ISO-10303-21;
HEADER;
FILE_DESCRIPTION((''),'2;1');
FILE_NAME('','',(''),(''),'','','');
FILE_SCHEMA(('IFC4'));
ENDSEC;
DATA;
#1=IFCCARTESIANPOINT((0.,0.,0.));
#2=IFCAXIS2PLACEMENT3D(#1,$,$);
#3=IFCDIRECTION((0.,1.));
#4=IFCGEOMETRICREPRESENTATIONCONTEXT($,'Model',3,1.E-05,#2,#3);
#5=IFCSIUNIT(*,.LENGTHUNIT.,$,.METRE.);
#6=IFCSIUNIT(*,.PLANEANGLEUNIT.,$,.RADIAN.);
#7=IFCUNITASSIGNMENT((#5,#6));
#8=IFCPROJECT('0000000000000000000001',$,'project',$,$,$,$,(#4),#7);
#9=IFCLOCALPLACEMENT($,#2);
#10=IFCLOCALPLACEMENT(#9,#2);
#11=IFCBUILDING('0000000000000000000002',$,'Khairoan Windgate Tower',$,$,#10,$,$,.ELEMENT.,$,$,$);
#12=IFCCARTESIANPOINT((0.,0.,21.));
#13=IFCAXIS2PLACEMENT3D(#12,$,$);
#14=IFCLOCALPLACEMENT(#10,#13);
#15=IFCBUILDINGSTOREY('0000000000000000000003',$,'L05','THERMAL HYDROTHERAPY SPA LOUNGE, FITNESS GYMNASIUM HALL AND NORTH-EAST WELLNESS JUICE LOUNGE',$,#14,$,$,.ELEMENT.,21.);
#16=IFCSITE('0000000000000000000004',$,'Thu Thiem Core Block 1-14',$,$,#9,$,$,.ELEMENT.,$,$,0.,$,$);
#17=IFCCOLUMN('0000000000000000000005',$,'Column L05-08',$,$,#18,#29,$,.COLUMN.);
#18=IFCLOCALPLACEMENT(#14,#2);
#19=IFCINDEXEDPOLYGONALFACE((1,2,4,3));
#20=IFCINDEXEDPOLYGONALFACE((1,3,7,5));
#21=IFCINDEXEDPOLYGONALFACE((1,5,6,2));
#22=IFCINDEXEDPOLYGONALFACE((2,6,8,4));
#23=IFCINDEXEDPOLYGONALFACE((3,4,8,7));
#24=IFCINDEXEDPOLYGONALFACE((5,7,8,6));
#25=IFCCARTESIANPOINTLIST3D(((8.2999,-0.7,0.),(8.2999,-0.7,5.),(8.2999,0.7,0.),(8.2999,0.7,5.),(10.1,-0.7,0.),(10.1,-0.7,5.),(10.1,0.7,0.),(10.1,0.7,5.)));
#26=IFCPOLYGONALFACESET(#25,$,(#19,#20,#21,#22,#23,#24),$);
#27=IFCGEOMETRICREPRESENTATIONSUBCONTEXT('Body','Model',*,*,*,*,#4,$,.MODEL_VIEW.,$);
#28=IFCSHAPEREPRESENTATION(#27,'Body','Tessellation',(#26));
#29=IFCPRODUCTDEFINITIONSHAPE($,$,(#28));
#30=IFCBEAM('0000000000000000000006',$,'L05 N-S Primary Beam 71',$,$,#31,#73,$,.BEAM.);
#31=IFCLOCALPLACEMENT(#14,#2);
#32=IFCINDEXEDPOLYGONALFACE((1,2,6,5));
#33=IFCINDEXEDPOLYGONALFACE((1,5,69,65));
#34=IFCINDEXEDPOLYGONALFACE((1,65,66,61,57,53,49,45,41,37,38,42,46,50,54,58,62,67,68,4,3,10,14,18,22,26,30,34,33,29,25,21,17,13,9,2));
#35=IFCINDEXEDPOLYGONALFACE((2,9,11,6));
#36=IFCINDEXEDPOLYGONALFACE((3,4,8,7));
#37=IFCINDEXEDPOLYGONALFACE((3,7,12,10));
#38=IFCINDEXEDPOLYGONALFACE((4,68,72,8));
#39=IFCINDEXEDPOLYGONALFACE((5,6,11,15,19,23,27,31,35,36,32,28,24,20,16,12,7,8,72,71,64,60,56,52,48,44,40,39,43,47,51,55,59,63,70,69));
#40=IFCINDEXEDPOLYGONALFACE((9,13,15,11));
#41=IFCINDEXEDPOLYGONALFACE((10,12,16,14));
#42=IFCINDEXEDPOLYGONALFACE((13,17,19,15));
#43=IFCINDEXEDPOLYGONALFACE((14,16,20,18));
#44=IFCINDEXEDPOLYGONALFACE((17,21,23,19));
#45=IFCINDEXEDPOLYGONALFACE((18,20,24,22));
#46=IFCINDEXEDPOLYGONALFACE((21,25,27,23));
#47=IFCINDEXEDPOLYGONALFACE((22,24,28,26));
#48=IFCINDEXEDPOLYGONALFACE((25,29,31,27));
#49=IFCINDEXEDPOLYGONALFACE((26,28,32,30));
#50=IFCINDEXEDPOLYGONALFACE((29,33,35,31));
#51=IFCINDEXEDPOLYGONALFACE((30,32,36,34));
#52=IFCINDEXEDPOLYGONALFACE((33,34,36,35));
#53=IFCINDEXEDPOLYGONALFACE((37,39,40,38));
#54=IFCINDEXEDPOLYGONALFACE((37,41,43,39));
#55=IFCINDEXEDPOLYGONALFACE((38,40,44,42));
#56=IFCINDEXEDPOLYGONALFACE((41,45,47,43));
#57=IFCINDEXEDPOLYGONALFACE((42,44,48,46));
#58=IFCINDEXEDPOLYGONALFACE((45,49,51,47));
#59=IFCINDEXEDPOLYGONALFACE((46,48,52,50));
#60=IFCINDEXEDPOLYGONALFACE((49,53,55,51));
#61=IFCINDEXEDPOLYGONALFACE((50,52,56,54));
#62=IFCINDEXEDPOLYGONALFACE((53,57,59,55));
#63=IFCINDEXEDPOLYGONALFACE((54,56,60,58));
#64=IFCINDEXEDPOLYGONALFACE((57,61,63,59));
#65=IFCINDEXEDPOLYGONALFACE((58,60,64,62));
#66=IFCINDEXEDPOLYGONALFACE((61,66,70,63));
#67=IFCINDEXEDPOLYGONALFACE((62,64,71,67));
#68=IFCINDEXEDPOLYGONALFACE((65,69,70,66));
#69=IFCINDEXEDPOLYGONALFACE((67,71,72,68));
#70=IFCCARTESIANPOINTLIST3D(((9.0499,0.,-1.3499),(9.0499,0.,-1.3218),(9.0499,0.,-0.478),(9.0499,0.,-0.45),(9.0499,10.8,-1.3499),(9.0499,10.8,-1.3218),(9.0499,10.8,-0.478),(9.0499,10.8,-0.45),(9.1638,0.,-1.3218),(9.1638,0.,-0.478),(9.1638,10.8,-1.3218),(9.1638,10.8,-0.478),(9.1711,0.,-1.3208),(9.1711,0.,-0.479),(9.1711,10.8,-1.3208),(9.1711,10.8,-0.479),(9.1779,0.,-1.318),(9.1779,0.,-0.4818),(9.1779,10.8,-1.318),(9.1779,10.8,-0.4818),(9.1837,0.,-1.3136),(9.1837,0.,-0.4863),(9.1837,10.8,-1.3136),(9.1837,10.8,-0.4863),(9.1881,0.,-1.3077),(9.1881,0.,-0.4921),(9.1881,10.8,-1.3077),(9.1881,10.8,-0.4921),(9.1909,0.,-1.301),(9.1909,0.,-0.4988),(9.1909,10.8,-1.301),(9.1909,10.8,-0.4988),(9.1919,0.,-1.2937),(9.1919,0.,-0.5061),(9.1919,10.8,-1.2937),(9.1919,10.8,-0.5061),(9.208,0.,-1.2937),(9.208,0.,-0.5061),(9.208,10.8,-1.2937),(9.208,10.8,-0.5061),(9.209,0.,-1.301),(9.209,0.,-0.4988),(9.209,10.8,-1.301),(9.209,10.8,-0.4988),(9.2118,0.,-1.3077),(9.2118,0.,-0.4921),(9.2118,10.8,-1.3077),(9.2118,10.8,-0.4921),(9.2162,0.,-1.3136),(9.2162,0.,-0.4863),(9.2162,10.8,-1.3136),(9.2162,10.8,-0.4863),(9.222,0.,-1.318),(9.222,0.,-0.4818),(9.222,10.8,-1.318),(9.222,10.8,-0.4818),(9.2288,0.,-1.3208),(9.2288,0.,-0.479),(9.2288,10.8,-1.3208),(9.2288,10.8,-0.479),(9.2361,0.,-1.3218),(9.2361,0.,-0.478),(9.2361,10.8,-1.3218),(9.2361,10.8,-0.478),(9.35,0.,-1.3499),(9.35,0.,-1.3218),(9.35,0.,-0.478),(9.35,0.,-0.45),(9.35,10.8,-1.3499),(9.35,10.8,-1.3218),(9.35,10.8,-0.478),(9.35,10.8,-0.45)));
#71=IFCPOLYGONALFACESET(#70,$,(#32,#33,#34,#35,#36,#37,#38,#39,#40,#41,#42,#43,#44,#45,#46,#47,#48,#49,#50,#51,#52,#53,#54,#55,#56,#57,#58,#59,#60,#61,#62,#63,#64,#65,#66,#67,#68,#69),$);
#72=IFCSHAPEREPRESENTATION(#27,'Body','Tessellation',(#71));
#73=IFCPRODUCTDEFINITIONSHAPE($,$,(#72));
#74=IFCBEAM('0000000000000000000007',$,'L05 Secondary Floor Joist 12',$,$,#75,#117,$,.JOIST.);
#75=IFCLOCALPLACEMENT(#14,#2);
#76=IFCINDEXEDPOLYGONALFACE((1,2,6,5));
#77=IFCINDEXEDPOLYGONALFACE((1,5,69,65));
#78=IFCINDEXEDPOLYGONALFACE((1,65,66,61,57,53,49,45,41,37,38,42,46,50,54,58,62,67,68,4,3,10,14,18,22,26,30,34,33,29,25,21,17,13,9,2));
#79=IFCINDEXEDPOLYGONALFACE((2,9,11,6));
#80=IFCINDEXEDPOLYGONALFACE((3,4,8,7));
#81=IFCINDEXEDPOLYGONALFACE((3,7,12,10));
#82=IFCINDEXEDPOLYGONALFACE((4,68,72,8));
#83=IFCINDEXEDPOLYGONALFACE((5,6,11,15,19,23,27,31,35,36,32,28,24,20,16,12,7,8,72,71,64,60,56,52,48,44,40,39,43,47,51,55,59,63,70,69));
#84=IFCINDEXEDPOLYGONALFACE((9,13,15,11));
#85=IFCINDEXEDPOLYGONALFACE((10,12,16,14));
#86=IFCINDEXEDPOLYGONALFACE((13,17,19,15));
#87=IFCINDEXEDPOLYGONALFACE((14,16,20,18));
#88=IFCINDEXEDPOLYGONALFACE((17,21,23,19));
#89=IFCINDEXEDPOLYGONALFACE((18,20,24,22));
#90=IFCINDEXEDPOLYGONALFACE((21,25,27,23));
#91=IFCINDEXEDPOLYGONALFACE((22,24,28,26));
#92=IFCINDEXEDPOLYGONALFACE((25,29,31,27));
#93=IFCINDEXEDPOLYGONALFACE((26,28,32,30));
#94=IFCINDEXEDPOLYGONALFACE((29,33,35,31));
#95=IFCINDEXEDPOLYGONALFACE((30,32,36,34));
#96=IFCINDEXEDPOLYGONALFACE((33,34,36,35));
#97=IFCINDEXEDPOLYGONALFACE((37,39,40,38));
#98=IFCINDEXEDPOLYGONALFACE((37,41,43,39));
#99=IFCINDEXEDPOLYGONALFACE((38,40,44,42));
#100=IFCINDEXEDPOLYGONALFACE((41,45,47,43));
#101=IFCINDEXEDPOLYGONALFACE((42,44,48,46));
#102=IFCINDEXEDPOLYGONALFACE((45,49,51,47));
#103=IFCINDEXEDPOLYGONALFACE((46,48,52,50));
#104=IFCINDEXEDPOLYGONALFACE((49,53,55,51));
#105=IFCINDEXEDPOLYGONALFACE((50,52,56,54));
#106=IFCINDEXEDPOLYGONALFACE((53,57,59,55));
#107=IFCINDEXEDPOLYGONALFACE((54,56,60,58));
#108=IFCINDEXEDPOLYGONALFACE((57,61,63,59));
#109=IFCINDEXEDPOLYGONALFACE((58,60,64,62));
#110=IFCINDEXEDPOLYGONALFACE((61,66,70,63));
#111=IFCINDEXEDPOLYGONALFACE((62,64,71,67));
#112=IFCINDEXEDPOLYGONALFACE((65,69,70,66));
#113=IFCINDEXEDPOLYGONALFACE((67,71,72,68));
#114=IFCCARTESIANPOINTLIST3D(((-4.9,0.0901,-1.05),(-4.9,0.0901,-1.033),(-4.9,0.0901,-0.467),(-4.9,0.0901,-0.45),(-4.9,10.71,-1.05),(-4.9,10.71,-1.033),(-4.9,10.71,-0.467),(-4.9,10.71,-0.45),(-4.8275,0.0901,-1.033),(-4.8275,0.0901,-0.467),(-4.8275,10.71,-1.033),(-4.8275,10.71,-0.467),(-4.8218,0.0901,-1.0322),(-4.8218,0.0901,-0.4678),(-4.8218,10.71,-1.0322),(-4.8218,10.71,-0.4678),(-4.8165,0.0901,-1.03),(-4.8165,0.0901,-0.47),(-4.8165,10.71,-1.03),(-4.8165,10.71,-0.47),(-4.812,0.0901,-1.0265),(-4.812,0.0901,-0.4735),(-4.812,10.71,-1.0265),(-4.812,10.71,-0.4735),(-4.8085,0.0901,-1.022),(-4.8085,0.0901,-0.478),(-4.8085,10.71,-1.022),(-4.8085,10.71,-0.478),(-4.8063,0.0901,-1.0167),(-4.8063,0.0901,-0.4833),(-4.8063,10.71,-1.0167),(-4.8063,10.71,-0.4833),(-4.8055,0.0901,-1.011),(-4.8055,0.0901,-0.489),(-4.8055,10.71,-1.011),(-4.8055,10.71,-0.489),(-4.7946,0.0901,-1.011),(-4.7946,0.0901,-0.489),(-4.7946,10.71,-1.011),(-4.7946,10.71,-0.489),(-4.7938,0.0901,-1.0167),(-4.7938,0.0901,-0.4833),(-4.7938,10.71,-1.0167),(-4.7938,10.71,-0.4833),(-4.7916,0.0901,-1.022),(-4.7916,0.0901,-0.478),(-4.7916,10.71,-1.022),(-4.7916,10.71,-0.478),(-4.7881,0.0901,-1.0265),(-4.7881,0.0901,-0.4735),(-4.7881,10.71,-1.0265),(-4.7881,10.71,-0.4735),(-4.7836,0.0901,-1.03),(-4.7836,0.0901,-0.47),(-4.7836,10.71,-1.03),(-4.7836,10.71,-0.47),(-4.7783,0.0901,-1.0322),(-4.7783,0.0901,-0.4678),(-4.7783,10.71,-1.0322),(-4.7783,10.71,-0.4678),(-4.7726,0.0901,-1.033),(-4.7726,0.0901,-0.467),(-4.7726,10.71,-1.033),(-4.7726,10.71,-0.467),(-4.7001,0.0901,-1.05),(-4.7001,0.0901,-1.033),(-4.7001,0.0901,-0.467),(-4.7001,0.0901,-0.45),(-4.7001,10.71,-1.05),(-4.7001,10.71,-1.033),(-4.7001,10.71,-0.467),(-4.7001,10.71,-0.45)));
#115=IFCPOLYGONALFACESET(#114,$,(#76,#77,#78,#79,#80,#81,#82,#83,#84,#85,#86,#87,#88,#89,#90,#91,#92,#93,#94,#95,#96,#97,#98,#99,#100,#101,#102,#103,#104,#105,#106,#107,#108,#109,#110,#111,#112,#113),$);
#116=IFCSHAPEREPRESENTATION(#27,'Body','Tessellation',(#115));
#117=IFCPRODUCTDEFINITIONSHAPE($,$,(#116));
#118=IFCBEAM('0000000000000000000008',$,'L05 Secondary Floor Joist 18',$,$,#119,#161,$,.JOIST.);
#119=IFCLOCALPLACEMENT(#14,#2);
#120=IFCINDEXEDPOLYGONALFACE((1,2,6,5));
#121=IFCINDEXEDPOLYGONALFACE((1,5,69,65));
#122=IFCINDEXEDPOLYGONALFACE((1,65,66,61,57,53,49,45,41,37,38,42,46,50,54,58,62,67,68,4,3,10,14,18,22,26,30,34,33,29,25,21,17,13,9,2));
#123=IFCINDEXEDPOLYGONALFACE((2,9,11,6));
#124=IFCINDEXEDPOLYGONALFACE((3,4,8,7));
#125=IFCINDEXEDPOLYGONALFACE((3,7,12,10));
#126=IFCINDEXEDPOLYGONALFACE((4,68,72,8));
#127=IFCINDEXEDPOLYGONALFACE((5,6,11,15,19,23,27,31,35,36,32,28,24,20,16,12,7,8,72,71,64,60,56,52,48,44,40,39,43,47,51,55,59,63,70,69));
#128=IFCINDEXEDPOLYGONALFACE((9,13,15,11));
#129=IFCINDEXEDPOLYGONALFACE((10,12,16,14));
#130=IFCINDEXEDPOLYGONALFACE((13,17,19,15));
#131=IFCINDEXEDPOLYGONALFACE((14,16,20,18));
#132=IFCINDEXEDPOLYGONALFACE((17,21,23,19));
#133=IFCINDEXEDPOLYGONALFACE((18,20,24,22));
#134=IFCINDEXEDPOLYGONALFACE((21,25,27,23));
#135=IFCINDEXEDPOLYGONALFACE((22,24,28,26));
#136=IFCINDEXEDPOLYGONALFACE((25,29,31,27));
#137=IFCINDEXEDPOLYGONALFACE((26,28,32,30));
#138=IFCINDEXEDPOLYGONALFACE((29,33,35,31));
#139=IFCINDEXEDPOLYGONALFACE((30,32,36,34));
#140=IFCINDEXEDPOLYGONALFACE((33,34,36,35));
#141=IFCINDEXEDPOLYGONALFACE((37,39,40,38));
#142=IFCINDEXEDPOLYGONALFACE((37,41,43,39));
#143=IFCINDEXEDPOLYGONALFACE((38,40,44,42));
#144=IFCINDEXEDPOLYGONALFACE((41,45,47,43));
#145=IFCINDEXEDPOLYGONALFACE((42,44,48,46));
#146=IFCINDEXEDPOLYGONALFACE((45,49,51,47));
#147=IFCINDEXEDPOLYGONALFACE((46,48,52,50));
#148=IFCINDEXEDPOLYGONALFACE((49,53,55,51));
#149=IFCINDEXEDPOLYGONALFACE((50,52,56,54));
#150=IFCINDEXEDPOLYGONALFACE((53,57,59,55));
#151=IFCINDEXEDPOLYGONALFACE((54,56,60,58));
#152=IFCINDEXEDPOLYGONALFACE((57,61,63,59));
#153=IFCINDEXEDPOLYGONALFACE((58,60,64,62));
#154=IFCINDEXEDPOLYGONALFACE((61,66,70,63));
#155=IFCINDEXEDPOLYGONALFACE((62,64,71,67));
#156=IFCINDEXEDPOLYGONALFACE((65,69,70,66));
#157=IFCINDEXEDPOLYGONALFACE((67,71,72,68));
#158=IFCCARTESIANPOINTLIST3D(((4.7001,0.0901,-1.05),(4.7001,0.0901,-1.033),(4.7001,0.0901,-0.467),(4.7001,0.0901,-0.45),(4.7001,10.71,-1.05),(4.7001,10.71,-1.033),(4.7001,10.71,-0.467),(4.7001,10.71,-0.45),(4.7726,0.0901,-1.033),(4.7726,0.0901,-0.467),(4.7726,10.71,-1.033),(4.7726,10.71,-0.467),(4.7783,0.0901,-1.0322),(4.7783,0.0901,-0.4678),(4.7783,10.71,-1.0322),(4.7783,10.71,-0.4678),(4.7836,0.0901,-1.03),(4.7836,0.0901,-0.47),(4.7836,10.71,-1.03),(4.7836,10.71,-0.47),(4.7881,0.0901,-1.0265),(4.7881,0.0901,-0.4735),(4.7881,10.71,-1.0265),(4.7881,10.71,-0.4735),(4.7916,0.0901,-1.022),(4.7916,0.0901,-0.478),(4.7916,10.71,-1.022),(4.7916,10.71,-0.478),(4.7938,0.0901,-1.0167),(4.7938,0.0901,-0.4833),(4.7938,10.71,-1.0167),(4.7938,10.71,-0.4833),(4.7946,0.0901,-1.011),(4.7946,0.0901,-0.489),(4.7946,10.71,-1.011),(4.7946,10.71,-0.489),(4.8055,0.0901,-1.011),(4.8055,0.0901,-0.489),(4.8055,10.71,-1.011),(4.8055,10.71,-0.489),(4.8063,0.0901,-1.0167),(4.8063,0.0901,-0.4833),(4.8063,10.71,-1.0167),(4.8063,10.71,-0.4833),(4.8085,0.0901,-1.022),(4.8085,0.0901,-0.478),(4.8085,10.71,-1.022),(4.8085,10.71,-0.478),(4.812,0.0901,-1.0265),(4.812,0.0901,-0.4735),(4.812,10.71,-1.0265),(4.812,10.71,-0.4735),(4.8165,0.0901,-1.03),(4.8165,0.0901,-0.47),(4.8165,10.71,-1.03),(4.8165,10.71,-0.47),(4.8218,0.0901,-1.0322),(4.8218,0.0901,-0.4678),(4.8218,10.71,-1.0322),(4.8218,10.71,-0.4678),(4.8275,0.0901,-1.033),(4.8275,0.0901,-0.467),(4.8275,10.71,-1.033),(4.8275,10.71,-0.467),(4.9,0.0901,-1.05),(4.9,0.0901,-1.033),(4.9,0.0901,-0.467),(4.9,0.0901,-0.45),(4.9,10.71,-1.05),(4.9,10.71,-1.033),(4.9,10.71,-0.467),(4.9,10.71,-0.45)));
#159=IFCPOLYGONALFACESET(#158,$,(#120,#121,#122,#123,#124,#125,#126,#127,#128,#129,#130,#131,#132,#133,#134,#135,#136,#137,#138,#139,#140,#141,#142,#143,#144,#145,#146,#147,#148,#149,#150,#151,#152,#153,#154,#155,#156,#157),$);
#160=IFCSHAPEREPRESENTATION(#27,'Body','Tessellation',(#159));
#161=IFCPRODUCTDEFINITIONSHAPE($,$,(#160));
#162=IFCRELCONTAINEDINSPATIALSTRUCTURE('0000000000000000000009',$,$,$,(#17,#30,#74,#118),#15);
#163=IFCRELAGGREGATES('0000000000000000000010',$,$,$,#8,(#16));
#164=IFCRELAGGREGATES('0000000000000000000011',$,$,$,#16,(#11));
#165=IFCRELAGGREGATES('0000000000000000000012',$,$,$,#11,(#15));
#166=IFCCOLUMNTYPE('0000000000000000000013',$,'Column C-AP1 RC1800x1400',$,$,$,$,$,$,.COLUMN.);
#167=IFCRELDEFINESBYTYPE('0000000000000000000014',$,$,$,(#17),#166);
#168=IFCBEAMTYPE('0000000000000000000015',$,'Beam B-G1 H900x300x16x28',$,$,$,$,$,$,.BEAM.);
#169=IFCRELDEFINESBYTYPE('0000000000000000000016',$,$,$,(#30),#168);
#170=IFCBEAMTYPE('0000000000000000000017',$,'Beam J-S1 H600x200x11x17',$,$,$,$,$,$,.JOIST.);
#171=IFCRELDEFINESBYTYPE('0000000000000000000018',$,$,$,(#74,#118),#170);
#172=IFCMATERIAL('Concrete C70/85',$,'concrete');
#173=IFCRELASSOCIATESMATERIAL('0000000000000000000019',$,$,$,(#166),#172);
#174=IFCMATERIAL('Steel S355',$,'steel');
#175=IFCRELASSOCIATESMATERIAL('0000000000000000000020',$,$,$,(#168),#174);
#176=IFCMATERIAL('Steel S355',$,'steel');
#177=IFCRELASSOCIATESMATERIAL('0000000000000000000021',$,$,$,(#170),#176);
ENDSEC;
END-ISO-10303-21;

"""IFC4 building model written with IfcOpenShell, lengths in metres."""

from ifc_helpers import new_model, si_unit, direction, frame, origin, origin_2d, place, context, subcontext, project, spatial, rectangle, i_section, extrude, material, material_profile, profile_set, type_object, element, save


model = new_model("IFC4")

# Units and contexts
model_context = context("Model", 3, precision=1e-05, world=origin(), true_north=direction((0.0, 1.0)))
body_context = subcontext(model_context, "Body", "Model", "MODEL_VIEW")
ifc_project = project(units=[si_unit("LENGTHUNIT", "METRE"), si_unit("PLANEANGLEUNIT", "RADIAN")], contexts=[model_context])

# Site, building, storey
site_placement = place(None, origin())
site = spatial("IfcSite", under=ifc_project, at=site_placement, Name="Thu Thiem Core Block 1-14", CompositionType="ELEMENT", RefElevation=0.0)
building_placement = place(site_placement, origin())
building = spatial("IfcBuilding", under=site, at=building_placement, Name="Khairoan Windgate Tower", CompositionType="ELEMENT")
storey_placement = place(building_placement, frame((0.0, 0.0, 21.0)))
storey = spatial("IfcBuildingStorey", under=building, at=storey_placement, Name="L05", Description="THERMAL HYDROTHERAPY SPA LOUNGE, FITNESS GYMNASIUM HALL AND NORTH-EAST WELLNESS JUICE LOUNGE", CompositionType="ELEMENT", Elevation=21.0)

# Column
ifc_material_1 = material(Name="Concrete C70/85", Category="concrete")
ifc_material_profile_1 = material_profile(ifc_material_1, rectangle(XDim=1.8, YDim=1.3999, at=origin_2d()))
ifc_profile_set_1 = profile_set([ifc_material_profile_1], Name="Concrete C70/85")
column_type = type_object("IfcColumnType", Name="Column C-AP1 RC1800x1400", PredefinedType="COLUMN", material=ifc_profile_set_1)
column_placement = place(storey_placement, frame((9.2, 0.0, 0.0), z_axis=(0.0, 0.0, 1.0), x_axis=(1.0, 0.0, 0.0)))
element("IfcColumn", 1, at=column_placement, inside=storey, type_object=column_type, Name="Column L05-08", PredefinedType="COLUMN", context=body_context, shape_type="SweptSolid", body=[
    extrude(rectangle(XDim=1.8, YDim=1.3999, at=origin_2d()), origin(), (0.0, 0.0, 1.0), 5.0),
])

# Beams
ifc_material_2 = material(Name="Steel S355", Category="steel")
ifc_material_profile_2 = material_profile(ifc_material_2, i_section(OverallWidth=0.3, OverallDepth=0.8999, WebThickness=0.0161, FlangeThickness=0.0281, FilletRadius=0.0281, at=origin_2d()))
ifc_profile_set_2 = profile_set([ifc_material_profile_2], Name="Steel S355")
beam_type_1 = type_object("IfcBeamType", Name="Beam B-G1 H900x300x16x28", PredefinedType="BEAM", material=ifc_profile_set_2)
beam_placement = place(storey_placement, frame((9.2, 0.0, -0.8999), z_axis=(0.0, 1.0, 0.0), x_axis=(-1.0, 0.0, 0.0)))
element("IfcBeam", 2, at=beam_placement, inside=storey, type_object=beam_type_1, Name="L05 N-S Primary Beam 71", PredefinedType="BEAM", context=body_context, shape_type="SweptSolid", body=[
    extrude(i_section(OverallWidth=0.3, OverallDepth=0.8999, WebThickness=0.0161, FlangeThickness=0.0281, FilletRadius=0.0281, at=origin_2d()), origin(), (0.0, 0.0, 1.0), 10.8),
])
ifc_material_3 = material(Name="Steel S355", Category="steel")
ifc_material_profile_3 = material_profile(ifc_material_3, i_section(OverallWidth=0.2, OverallDepth=0.6001, WebThickness=0.011, FlangeThickness=0.0171, FilletRadius=0.022, at=origin_2d()))
ifc_profile_set_3 = profile_set([ifc_material_profile_3], Name="Steel S355")
beam_type_2 = type_object("IfcBeamType", Name="Beam J-S1 H600x200x11x17", PredefinedType="JOIST", material=ifc_profile_set_3)
for number, where, z_axis, x_axis, name in (
    (3, (-4.8, 0.0901, -0.75), (0.0, 1.0, 0.0), (-1.0, 0.0, 0.0), "L05 Secondary Floor Joist 12"),
    (4, (4.8, 0.0901, -0.75), (0.0, 1.0, 0.0), (-1.0, 0.0, 0.0), "L05 Secondary Floor Joist 18"),
):
    element("IfcBeam", number, at=place(storey_placement, frame(where, z_axis=z_axis, x_axis=x_axis)), inside=storey, type_object=beam_type_2, Name=name, PredefinedType="JOIST", context=body_context, shape_type="SweptSolid", body=[
        extrude(i_section(OverallWidth=0.2, OverallDepth=0.6001, WebThickness=0.011, FlangeThickness=0.0171, FilletRadius=0.022, at=origin_2d()), origin(), (0.0, 0.0, 1.0), 10.6199),
    ])

save(model, "model.ifc")
